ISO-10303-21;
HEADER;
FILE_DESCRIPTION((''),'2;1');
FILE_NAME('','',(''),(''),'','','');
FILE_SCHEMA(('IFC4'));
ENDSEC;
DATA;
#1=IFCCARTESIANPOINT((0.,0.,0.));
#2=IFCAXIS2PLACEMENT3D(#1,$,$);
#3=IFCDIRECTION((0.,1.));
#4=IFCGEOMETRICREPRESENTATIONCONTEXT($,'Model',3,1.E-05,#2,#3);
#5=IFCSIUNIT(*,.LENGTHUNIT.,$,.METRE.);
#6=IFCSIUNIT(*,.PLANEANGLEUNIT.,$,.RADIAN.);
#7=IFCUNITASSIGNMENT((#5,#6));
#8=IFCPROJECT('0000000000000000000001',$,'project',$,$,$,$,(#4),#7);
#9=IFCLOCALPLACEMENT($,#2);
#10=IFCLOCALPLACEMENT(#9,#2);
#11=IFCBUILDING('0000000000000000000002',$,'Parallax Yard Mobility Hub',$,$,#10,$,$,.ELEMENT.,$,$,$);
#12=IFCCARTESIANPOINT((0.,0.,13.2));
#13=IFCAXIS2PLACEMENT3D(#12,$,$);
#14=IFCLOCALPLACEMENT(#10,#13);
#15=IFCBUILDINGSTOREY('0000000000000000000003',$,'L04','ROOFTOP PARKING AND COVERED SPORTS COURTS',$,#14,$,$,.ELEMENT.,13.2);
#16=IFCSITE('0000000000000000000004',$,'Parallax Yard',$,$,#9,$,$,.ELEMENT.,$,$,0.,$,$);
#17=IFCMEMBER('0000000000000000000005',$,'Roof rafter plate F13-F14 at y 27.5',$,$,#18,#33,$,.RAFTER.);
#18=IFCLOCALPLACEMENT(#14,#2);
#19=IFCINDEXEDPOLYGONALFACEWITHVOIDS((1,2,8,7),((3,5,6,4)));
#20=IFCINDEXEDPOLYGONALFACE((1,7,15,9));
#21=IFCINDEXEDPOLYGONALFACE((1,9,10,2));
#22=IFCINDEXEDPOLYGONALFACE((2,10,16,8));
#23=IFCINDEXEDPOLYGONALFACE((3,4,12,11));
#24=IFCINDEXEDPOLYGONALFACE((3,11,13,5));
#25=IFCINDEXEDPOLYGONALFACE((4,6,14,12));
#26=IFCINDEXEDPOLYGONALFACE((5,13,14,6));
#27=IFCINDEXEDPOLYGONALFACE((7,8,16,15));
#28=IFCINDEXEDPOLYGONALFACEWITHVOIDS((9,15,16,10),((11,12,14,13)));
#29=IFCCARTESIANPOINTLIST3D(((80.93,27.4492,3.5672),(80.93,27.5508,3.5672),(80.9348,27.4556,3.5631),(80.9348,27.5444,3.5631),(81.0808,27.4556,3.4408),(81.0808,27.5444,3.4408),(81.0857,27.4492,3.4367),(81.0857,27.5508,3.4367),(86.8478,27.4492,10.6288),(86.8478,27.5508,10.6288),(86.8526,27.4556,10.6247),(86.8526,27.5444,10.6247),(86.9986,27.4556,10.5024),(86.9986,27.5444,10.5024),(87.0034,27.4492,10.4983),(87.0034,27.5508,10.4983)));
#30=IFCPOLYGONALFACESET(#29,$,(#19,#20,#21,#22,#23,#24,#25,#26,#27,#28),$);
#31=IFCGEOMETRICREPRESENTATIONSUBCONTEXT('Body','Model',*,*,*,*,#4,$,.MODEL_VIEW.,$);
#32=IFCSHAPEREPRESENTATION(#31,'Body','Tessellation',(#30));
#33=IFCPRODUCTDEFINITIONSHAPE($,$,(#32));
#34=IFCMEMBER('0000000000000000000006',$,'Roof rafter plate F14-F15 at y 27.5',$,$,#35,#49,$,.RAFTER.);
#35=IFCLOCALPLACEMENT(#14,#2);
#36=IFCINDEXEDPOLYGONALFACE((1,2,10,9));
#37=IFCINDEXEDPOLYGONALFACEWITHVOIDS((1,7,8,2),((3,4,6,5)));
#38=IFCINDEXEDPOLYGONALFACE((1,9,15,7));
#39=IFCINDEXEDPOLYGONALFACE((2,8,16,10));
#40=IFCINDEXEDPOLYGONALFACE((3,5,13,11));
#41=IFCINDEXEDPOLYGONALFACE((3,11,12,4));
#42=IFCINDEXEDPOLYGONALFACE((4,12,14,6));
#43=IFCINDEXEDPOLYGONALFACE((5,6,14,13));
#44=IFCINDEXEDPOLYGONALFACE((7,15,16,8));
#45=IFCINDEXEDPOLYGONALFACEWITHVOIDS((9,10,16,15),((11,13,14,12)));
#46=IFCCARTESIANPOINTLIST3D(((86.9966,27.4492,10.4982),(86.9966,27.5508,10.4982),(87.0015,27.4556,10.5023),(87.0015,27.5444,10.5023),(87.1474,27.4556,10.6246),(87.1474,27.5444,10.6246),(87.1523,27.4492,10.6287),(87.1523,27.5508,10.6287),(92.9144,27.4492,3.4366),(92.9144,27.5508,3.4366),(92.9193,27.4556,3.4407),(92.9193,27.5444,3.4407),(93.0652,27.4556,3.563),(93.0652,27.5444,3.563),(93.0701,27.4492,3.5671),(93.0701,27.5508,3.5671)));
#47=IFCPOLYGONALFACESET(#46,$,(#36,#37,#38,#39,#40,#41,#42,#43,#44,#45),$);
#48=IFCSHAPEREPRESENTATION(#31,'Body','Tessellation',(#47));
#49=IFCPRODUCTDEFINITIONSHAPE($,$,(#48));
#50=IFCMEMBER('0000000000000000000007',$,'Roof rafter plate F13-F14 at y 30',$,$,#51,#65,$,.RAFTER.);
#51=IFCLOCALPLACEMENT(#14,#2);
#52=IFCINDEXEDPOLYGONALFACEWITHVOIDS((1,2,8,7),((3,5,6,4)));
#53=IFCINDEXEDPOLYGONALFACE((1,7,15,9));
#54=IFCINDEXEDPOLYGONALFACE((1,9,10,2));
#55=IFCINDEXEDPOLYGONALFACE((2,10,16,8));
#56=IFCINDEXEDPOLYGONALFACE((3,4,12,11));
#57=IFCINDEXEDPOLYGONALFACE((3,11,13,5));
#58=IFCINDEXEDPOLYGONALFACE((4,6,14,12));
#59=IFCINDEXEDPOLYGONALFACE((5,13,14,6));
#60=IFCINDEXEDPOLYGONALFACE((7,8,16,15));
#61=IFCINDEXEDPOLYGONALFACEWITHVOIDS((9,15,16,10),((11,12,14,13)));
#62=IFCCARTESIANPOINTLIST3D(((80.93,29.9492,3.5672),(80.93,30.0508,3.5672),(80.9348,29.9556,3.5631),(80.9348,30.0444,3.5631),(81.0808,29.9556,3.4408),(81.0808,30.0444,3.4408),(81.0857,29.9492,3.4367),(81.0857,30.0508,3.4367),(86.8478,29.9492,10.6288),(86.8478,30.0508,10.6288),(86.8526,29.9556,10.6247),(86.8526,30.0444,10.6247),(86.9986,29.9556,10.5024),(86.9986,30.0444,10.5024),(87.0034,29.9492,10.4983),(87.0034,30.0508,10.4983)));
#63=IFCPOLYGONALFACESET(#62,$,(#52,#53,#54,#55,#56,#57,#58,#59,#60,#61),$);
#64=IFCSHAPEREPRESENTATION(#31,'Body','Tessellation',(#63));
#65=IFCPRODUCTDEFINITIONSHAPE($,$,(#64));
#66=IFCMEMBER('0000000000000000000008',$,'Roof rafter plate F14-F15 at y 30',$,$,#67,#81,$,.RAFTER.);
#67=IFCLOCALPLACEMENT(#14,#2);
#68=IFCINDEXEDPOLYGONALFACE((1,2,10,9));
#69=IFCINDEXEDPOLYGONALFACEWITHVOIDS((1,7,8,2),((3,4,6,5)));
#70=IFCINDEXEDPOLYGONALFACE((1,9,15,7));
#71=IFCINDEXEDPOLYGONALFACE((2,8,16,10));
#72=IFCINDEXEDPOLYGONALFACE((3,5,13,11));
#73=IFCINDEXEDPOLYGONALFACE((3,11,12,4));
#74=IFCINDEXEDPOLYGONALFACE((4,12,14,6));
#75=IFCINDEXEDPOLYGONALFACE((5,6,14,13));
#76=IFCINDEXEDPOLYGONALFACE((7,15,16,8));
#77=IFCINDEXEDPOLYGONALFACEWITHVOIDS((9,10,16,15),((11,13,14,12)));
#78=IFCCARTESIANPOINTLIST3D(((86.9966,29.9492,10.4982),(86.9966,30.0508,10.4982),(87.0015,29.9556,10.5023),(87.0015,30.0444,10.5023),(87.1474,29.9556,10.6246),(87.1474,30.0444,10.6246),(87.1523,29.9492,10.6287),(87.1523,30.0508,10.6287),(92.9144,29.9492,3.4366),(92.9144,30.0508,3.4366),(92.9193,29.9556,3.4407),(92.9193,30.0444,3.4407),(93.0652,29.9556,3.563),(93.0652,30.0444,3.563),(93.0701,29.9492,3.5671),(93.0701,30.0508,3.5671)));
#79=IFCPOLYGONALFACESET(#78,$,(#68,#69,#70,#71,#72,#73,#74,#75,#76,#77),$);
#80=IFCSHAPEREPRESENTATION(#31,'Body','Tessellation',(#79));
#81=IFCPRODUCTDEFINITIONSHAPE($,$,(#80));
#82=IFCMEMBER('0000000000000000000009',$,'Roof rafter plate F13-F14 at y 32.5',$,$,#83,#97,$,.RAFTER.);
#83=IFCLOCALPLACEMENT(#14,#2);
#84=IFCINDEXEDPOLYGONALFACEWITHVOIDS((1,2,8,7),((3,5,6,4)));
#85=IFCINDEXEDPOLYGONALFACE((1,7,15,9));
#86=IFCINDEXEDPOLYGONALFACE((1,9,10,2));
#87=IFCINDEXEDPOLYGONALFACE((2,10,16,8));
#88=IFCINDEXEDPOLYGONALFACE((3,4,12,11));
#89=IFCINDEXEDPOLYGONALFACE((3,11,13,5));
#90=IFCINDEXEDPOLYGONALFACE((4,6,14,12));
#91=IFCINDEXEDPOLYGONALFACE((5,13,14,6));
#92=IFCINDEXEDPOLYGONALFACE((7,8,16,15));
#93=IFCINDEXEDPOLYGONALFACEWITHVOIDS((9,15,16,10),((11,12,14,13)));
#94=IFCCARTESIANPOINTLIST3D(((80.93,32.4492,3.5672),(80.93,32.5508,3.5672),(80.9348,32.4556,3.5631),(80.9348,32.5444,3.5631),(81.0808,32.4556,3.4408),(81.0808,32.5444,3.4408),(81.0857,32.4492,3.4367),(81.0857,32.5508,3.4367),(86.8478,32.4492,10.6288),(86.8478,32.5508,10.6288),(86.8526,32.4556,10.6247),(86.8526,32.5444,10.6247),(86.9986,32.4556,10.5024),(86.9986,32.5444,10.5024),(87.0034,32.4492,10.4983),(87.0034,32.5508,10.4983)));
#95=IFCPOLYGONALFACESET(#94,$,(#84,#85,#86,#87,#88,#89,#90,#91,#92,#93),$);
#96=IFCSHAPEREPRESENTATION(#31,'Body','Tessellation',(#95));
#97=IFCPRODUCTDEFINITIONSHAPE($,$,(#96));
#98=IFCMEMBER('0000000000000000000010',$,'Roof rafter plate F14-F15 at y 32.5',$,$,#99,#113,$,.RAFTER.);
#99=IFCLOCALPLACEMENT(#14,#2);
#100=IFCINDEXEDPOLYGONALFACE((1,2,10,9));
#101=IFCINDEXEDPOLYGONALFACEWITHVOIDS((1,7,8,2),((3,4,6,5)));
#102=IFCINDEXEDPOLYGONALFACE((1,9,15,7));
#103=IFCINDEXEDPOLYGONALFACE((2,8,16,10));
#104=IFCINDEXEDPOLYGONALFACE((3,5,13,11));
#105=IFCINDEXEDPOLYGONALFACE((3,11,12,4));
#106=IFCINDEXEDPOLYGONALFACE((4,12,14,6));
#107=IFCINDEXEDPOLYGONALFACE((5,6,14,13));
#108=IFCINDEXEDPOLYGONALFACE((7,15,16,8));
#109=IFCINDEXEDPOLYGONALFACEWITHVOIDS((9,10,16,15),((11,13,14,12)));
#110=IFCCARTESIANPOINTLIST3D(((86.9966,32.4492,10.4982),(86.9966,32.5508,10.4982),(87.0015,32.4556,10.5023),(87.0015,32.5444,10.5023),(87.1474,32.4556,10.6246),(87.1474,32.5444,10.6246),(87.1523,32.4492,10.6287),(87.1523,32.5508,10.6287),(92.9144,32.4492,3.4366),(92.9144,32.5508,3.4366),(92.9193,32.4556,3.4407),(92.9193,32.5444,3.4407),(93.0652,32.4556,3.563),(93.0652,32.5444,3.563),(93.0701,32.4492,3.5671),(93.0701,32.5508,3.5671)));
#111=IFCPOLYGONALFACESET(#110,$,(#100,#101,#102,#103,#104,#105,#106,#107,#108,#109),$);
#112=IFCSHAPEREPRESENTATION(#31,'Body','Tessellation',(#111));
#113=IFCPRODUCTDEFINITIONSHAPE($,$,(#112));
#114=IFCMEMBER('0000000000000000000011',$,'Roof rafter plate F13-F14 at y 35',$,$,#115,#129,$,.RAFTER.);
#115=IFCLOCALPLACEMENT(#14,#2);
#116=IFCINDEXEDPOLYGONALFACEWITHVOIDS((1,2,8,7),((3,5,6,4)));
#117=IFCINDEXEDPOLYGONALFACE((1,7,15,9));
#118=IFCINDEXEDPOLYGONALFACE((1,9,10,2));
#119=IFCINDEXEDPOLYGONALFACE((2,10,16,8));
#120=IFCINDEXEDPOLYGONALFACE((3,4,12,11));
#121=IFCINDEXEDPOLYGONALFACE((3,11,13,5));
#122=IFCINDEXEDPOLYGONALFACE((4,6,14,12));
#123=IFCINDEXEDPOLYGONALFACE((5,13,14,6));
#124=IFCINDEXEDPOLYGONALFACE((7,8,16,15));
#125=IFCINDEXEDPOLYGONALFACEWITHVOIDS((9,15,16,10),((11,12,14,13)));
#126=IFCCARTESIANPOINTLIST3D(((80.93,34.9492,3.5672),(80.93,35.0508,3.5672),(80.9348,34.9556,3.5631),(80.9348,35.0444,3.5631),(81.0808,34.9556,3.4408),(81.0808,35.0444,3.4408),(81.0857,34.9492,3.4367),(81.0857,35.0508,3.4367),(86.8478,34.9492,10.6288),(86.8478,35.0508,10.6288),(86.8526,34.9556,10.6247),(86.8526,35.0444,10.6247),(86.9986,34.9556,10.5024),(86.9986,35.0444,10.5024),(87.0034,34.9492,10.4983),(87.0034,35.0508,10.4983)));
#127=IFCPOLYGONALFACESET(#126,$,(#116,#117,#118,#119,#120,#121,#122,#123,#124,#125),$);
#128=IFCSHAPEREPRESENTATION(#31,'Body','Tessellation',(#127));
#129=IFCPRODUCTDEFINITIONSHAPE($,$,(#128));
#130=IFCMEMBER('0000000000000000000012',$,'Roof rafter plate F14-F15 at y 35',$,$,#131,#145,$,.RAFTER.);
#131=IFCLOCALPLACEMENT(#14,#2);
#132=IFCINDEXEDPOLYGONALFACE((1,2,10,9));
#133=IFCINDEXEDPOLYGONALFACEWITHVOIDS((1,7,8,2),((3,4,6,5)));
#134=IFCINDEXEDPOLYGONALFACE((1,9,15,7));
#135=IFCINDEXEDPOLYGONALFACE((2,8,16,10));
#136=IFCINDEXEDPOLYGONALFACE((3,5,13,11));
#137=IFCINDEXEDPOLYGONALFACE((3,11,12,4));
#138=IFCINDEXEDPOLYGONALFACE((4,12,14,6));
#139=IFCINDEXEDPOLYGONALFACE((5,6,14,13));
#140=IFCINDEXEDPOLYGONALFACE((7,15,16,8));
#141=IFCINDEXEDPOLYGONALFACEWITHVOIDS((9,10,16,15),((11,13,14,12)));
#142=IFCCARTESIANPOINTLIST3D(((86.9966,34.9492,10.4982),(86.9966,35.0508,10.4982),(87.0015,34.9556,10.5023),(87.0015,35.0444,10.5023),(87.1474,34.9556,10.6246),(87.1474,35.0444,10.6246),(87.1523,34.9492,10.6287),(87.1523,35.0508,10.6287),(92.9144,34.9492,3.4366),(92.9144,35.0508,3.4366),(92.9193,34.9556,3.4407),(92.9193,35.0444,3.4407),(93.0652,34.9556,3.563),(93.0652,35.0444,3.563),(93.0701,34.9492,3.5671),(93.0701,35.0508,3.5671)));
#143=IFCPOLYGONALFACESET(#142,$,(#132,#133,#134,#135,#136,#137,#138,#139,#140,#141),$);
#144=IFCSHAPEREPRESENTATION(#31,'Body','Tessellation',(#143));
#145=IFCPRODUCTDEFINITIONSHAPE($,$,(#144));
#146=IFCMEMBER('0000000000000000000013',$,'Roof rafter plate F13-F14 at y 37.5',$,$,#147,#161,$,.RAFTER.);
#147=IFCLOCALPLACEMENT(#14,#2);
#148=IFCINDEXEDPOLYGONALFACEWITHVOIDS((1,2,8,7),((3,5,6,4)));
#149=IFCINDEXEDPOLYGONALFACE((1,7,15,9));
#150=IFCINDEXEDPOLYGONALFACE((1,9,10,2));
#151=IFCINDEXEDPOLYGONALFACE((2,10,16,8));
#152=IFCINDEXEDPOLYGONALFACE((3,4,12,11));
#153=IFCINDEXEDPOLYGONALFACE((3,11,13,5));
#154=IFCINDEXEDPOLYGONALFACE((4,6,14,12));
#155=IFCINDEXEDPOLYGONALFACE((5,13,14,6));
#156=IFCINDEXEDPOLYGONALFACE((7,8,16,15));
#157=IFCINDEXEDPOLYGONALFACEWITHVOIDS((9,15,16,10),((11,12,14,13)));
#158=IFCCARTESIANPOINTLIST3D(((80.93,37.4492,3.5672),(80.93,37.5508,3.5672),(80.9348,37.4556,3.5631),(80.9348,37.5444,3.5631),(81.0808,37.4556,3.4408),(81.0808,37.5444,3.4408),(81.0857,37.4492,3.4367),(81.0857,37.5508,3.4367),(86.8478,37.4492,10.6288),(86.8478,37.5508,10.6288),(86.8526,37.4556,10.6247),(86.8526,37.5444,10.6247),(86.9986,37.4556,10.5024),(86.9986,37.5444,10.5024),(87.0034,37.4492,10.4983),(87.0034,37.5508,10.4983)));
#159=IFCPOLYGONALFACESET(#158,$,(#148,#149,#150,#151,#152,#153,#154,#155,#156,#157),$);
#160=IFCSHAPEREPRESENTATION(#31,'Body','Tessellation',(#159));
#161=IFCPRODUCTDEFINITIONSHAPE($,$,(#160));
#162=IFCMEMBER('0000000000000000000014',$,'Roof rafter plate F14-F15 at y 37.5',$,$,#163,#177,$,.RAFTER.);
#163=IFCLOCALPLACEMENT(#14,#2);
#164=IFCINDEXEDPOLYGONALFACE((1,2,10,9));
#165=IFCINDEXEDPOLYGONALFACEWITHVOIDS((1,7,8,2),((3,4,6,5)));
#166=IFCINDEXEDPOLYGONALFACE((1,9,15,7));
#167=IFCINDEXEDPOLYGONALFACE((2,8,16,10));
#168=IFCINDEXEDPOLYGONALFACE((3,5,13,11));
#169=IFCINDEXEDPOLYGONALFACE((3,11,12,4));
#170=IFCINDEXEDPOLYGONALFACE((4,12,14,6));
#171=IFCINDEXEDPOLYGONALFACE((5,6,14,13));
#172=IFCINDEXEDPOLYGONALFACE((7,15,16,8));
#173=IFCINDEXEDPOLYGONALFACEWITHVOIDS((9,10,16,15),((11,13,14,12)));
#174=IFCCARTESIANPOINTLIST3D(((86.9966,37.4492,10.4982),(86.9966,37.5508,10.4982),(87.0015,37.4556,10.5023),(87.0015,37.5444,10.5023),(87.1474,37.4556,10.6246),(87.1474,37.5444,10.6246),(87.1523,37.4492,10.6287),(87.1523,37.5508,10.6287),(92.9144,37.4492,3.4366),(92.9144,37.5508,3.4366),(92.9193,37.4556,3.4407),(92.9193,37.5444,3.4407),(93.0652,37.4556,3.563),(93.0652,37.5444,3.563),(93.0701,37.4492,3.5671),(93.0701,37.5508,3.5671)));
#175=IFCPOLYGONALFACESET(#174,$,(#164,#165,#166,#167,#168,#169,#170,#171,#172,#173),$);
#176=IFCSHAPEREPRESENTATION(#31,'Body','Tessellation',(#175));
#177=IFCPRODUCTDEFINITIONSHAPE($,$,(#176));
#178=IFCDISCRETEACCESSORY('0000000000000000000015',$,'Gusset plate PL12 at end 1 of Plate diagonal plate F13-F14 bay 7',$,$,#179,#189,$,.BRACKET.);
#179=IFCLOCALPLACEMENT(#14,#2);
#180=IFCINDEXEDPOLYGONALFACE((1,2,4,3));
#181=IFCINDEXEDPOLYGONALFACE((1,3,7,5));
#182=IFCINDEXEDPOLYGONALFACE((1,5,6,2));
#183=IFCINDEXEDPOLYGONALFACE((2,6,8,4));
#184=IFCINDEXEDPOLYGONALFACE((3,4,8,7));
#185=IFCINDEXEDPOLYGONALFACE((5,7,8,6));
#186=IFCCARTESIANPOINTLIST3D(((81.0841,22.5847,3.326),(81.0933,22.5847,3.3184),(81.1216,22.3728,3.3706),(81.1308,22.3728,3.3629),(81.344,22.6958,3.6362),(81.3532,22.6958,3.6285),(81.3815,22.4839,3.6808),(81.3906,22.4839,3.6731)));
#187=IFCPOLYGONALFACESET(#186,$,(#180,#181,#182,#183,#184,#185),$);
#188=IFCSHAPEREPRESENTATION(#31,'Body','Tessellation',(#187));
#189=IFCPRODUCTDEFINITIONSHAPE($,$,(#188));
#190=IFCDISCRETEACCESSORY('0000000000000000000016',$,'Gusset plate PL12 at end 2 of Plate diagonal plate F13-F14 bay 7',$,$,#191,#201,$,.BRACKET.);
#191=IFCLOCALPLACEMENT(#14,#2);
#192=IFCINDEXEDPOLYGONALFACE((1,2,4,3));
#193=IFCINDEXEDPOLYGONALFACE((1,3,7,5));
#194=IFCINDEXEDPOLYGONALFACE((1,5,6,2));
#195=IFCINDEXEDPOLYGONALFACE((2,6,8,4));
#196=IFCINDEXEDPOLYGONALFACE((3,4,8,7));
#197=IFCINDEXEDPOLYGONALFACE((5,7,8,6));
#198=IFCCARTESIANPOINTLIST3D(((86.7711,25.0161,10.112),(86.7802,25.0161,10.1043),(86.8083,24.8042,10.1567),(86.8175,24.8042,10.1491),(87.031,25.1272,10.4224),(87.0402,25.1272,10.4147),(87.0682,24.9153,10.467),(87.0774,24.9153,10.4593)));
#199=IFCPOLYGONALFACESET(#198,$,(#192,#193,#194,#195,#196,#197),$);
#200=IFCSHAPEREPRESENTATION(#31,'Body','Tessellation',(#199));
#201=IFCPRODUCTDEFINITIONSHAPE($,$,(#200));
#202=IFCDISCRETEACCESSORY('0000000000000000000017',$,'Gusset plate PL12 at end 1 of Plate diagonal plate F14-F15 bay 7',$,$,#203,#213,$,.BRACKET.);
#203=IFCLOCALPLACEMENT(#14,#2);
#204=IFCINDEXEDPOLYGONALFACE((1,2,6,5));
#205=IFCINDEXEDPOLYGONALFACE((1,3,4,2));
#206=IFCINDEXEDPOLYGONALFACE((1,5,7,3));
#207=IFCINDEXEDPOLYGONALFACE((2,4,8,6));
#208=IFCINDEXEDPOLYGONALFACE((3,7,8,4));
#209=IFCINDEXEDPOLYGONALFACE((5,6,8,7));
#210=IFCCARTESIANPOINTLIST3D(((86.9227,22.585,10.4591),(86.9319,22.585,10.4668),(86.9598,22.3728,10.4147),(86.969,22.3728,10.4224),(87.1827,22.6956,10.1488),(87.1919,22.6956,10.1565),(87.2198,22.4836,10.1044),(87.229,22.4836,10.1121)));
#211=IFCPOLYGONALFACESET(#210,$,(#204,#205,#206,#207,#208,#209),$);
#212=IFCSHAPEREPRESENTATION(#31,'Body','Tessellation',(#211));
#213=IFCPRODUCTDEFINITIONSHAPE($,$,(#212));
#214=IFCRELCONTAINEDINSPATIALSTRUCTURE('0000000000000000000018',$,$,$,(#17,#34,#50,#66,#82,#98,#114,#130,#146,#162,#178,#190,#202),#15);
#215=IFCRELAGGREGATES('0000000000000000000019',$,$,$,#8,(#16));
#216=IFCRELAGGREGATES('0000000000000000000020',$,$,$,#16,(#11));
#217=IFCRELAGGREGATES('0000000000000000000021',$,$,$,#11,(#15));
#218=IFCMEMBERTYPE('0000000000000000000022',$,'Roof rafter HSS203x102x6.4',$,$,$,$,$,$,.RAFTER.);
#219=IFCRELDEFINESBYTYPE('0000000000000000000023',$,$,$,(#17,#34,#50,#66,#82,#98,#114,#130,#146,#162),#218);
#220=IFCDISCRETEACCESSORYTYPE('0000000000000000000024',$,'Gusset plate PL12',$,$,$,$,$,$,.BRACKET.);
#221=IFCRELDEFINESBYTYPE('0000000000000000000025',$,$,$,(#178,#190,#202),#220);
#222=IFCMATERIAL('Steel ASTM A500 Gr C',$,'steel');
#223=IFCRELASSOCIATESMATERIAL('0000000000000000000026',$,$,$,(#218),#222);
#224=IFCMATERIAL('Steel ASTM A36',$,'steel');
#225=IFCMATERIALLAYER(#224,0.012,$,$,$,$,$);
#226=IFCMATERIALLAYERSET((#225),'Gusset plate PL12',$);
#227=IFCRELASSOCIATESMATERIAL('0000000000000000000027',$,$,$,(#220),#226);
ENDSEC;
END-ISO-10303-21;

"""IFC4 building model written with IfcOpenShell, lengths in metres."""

from ifc_helpers import new_model, si_unit, direction, frame, origin, origin_2d, place, context, subcontext, project, spatial, polyline, hollow_rectangle, outline, extrude, material, layer, layer_set, material_profile, profile_set, type_object, element, save


model = new_model("IFC4")

# Units and contexts
model_context = context("Model", 3, precision=1e-05, world=origin(), true_north=direction((0.0, 1.0)))
body_context = subcontext(model_context, "Body", "Model", "MODEL_VIEW")
ifc_project = project(units=[si_unit("LENGTHUNIT", "METRE"), si_unit("PLANEANGLEUNIT", "RADIAN")], contexts=[model_context])

# Site, building, storey
site_placement = place(None, origin())
site = spatial("IfcSite", under=ifc_project, at=site_placement, Name="Parallax Yard", CompositionType="ELEMENT", RefElevation=0.0)
building_placement = place(site_placement, origin())
building = spatial("IfcBuilding", under=site, at=building_placement, Name="Parallax Yard Mobility Hub", CompositionType="ELEMENT")
storey_placement = place(building_placement, frame((0.0, 0.0, 13.2)))
storey = spatial("IfcBuildingStorey", under=building, at=storey_placement, Name="L04", Description="ROOFTOP PARKING AND COVERED SPORTS COURTS", CompositionType="ELEMENT", Elevation=13.2)

# Members
ifc_material_1 = material(Name="Steel ASTM A500 Gr C", Category="steel")
ifc_material_profile_1 = material_profile(ifc_material_1, hollow_rectangle(XDim=0.1016, YDim=0.2031, WallThickness=0.0063, at=origin_2d()), Name="HSS203x102x6.4")
ifc_profile_set_1 = profile_set([ifc_material_profile_1], Name="Steel ASTM A500 Gr C")
member_type_1 = type_object("IfcMemberType", Name="Roof rafter HSS203x102x6.4", PredefinedType="RAFTER", material=ifc_profile_set_1)
for number, where, z_axis, x_axis, name in (
    (1, (81.0078, 27.5, 3.502), (0.642304, 0.0, 0.76645), (0.0, 1.0, 0.0), "Roof rafter plate F13-F14 at y 27.5"),
    (2, (87.0745, 27.5, 10.5635), (0.642304, 0.0, -0.76645), (0.0, 1.0, 0.0), "Roof rafter plate F14-F15 at y 27.5"),
    (3, (81.0078, 30.0, 3.502), (0.642304, 0.0, 0.76645), (0.0, 1.0, 0.0), "Roof rafter plate F13-F14 at y 30"),
    (4, (87.0745, 30.0, 10.5635), (0.642304, 0.0, -0.76645), (0.0, 1.0, 0.0), "Roof rafter plate F14-F15 at y 30"),
    (5, (81.0078, 32.5, 3.502), (0.642304, 0.0, 0.76645), (0.0, 1.0, 0.0), "Roof rafter plate F13-F14 at y 32.5"),
    (6, (87.0745, 32.5, 10.5635), (0.642304, 0.0, -0.76645), (0.0, 1.0, 0.0), "Roof rafter plate F14-F15 at y 32.5"),
    (7, (81.0078, 35.0, 3.502), (0.642304, 0.0, 0.76645), (0.0, 1.0, 0.0), "Roof rafter plate F13-F14 at y 35"),
    (8, (87.0745, 35.0, 10.5635), (0.642304, 0.0, -0.76645), (0.0, 1.0, 0.0), "Roof rafter plate F14-F15 at y 35"),
    (9, (81.0078, 37.5, 3.502), (0.642304, 0.0, 0.76645), (0.0, 1.0, 0.0), "Roof rafter plate F13-F14 at y 37.5"),
    (10, (87.0745, 37.5, 10.5635), (0.642304, 0.0, -0.76645), (0.0, 1.0, 0.0), "Roof rafter plate F14-F15 at y 37.5"),
):
    element("IfcMember", number, at=place(storey_placement, frame(where, z_axis=z_axis, x_axis=x_axis)), inside=storey, type_object=member_type_1, Name=name, PredefinedType="RAFTER", context=body_context, shape_type="SweptSolid", body=[
        extrude(hollow_rectangle(XDim=0.1016, YDim=0.2031, WallThickness=0.0063, at=origin_2d()), origin(), (0.0, 0.0, 1.0), 9.2134),
    ])

# Discrete accessories
ifc_material_2 = material(Name="Steel ASTM A36", Category="steel")
ifc_layer = layer(ifc_material_2, 0.012)
ifc_layer_set = layer_set([ifc_layer], Name="Gusset plate PL12")
discrete_accessory_type = type_object("IfcDiscreteAccessoryType", Name="Gusset plate PL12", PredefinedType="BRACKET", material=ifc_layer_set)
discrete_accessory_1_placement = place(storey_placement, frame((81.344, 22.6958, 3.6362), z_axis=(-0.766427, -0.000485, 0.642331), x_axis=(-0.61932, -0.264707, -0.73917)))
element("IfcDiscreteAccessory", 11, at=discrete_accessory_1_placement, inside=storey, type_object=discrete_accessory_type, Name="Gusset plate PL12 at end 1 of Plate diagonal plate F13-F14 bay 7", PredefinedType="BRACKET", context=body_context, shape_type="SweptSolid", body=[
    extrude(outline(polyline([(0.0, 0.0), (0.4196, 0.0), (0.4196, 0.2198), (0.0, 0.2198), (0.0, 0.0)])), origin(), (0.0, 0.0, -1.0), 0.012),
])
discrete_accessory_2_placement = place(storey_placement, frame((86.8083, 24.8042, 10.1567), z_axis=(-0.766748, 0.000631, 0.641948), x_axis=(0.619177, 0.264707, 0.73929)))
element("IfcDiscreteAccessory", 12, at=discrete_accessory_2_placement, inside=storey, type_object=discrete_accessory_type, Name="Gusset plate PL12 at end 2 of Plate diagonal plate F13-F14 bay 7", PredefinedType="BRACKET", context=body_context, shape_type="SweptSolid", body=[
    extrude(outline(polyline([(0.0, 0.0), (0.4196, 0.0), (0.4197, 0.2197), (-0.0001, 0.2198), (0.0, 0.0)])), origin(), (0.0, 0.0, -1.0), 0.012),
])
discrete_accessory_3_placement = place(storey_placement, frame((87.1919, 22.6956, 10.1565), z_axis=(0.766561, -0.000412, 0.642172), x_axis=(-0.619555, -0.263529, 0.739394)))
element("IfcDiscreteAccessory", 13, at=discrete_accessory_3_placement, inside=storey, type_object=discrete_accessory_type, Name="Gusset plate PL12 at end 1 of Plate diagonal plate F14-F15 bay 7", PredefinedType="BRACKET", context=body_context, shape_type="SweptSolid", body=[
    extrude(outline(polyline([(0.0, 0.0), (0.4197, 0.0), (0.4197, 0.2199), (0.0, 0.2197), (0.0, 0.0)])), origin(), (0.0, 0.0, -1.0), 0.012),
])

save(model, "model.ifc")
